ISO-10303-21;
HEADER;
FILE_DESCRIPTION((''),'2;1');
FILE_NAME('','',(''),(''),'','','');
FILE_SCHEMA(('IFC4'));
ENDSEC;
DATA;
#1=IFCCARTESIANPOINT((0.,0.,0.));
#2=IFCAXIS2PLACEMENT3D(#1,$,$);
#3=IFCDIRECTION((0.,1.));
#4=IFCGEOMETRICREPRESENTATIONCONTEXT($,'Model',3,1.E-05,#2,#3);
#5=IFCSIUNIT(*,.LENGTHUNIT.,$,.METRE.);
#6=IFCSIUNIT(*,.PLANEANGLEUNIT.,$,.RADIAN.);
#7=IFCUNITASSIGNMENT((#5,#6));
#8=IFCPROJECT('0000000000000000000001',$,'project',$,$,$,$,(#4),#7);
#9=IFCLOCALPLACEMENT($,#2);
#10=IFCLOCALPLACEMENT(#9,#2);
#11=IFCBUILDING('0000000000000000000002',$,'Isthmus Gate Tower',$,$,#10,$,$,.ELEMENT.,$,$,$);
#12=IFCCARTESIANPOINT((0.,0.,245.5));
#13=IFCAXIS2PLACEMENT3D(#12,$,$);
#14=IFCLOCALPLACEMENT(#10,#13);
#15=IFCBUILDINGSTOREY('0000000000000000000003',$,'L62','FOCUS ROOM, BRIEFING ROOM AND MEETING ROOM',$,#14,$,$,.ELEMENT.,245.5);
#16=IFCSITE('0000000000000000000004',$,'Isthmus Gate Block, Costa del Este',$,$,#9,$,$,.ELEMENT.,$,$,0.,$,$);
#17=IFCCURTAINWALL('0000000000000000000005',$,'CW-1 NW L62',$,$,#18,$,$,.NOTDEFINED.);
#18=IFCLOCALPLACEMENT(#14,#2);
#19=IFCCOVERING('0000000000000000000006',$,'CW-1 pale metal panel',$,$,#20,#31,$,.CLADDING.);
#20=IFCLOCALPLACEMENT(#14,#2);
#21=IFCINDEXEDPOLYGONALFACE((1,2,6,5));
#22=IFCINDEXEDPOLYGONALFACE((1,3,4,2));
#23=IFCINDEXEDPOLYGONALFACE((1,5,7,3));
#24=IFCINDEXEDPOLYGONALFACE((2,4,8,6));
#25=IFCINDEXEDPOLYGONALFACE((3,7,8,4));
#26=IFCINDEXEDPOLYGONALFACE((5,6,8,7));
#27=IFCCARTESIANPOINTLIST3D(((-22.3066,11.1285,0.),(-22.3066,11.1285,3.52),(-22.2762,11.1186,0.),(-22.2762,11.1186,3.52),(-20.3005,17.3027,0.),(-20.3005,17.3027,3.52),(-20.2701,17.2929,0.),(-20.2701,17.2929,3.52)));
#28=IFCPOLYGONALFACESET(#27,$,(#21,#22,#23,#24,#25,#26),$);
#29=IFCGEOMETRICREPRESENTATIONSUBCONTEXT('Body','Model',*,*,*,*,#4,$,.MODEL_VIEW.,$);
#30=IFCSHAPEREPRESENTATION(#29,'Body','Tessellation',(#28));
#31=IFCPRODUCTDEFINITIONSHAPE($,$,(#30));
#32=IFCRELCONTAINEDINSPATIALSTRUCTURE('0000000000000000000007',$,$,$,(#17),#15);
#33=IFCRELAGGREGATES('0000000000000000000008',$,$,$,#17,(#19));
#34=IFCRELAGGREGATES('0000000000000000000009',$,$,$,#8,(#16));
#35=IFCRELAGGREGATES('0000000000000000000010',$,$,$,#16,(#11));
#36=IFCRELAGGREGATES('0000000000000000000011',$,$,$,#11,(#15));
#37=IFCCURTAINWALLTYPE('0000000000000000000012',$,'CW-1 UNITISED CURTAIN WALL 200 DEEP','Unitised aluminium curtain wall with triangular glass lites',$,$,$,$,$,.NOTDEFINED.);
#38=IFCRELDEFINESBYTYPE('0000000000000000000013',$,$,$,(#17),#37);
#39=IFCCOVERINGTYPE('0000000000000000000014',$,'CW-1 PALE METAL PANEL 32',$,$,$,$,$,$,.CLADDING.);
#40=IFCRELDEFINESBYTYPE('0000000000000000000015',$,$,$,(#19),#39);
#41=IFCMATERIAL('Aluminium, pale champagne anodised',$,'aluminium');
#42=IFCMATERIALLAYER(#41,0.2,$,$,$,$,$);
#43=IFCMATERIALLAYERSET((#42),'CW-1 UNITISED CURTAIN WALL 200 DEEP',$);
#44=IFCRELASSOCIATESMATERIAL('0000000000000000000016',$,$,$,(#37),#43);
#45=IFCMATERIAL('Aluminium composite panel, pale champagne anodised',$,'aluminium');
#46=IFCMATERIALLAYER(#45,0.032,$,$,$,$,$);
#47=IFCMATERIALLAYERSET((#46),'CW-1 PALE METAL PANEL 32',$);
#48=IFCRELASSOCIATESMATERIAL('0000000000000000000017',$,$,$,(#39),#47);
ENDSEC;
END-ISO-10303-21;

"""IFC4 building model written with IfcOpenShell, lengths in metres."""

from ifc_helpers import new_model, si_unit, direction, frame, origin, origin_2d, place, context, subcontext, project, spatial, rectangle, extrude, material, layer, layer_set, type_object, element, aggregate, save


model = new_model("IFC4")

# Units and contexts
model_context = context("Model", 3, precision=1e-05, world=origin(), true_north=direction((0.0, 1.0)))
body_context = subcontext(model_context, "Body", "Model", "MODEL_VIEW")
ifc_project = project(units=[si_unit("LENGTHUNIT", "METRE"), si_unit("PLANEANGLEUNIT", "RADIAN")], contexts=[model_context])

# Site, building, storey
site_placement = place(None, origin())
site = spatial("IfcSite", under=ifc_project, at=site_placement, Name="Isthmus Gate Block, Costa del Este", CompositionType="ELEMENT", RefElevation=0.0)
building_placement = place(site_placement, origin())
building = spatial("IfcBuilding", under=site, at=building_placement, Name="Isthmus Gate Tower", CompositionType="ELEMENT")
storey_placement = place(building_placement, frame((0.0, 0.0, 245.5)))
storey = spatial("IfcBuildingStorey", under=building, at=storey_placement, Name="L62", Description="FOCUS ROOM, BRIEFING ROOM AND MEETING ROOM", CompositionType="ELEMENT", Elevation=245.5)

# Curtain wall
ifc_material_1 = material(Name="Aluminium, pale champagne anodised", Category="aluminium")
ifc_layer_1 = layer(ifc_material_1, 0.2)
ifc_layer_set_1 = layer_set([ifc_layer_1], Name="CW-1 UNITISED CURTAIN WALL 200 DEEP")
curtain_wall_type = type_object("IfcCurtainWallType", Name="CW-1 UNITISED CURTAIN WALL 200 DEEP", Description="Unitised aluminium curtain wall with triangular glass lites", PredefinedType="NOTDEFINED", material=ifc_layer_set_1)
curtain_wall_1_placement = place(storey_placement, origin())
curtain_wall_1 = element("IfcCurtainWall", 1, at=curtain_wall_1_placement, inside=storey, type_object=curtain_wall_type, Name="CW-1 NW L62", PredefinedType="NOTDEFINED")

# Covering
ifc_material_2 = material(Name="Aluminium composite panel, pale champagne anodised", Category="aluminium")
ifc_layer_2 = layer(ifc_material_2, 0.032)
ifc_layer_set_2 = layer_set([ifc_layer_2], Name="CW-1 PALE METAL PANEL 32")
covering_type = type_object("IfcCoveringType", Name="CW-1 PALE METAL PANEL 32", PredefinedType="CLADDING", material=ifc_layer_set_2)
covering_placement = place(storey_placement, frame((-21.2883, 14.2107, 0.0), z_axis=(0.0, 0.0, 1.0), x_axis=(-0.309017, -0.951057, 0.0)))
covering = element("IfcCovering", 2, at=covering_placement, type_object=covering_type, Name="CW-1 pale metal panel", PredefinedType="CLADDING", context=body_context, shape_type="SweptSolid", body=[
    extrude(rectangle(XDim=6.4919, YDim=0.032, at=origin_2d()), origin(), (0.0, 0.0, 1.0), 3.52),
])
aggregate(curtain_wall_1, [covering])

save(model, "model.ifc")
